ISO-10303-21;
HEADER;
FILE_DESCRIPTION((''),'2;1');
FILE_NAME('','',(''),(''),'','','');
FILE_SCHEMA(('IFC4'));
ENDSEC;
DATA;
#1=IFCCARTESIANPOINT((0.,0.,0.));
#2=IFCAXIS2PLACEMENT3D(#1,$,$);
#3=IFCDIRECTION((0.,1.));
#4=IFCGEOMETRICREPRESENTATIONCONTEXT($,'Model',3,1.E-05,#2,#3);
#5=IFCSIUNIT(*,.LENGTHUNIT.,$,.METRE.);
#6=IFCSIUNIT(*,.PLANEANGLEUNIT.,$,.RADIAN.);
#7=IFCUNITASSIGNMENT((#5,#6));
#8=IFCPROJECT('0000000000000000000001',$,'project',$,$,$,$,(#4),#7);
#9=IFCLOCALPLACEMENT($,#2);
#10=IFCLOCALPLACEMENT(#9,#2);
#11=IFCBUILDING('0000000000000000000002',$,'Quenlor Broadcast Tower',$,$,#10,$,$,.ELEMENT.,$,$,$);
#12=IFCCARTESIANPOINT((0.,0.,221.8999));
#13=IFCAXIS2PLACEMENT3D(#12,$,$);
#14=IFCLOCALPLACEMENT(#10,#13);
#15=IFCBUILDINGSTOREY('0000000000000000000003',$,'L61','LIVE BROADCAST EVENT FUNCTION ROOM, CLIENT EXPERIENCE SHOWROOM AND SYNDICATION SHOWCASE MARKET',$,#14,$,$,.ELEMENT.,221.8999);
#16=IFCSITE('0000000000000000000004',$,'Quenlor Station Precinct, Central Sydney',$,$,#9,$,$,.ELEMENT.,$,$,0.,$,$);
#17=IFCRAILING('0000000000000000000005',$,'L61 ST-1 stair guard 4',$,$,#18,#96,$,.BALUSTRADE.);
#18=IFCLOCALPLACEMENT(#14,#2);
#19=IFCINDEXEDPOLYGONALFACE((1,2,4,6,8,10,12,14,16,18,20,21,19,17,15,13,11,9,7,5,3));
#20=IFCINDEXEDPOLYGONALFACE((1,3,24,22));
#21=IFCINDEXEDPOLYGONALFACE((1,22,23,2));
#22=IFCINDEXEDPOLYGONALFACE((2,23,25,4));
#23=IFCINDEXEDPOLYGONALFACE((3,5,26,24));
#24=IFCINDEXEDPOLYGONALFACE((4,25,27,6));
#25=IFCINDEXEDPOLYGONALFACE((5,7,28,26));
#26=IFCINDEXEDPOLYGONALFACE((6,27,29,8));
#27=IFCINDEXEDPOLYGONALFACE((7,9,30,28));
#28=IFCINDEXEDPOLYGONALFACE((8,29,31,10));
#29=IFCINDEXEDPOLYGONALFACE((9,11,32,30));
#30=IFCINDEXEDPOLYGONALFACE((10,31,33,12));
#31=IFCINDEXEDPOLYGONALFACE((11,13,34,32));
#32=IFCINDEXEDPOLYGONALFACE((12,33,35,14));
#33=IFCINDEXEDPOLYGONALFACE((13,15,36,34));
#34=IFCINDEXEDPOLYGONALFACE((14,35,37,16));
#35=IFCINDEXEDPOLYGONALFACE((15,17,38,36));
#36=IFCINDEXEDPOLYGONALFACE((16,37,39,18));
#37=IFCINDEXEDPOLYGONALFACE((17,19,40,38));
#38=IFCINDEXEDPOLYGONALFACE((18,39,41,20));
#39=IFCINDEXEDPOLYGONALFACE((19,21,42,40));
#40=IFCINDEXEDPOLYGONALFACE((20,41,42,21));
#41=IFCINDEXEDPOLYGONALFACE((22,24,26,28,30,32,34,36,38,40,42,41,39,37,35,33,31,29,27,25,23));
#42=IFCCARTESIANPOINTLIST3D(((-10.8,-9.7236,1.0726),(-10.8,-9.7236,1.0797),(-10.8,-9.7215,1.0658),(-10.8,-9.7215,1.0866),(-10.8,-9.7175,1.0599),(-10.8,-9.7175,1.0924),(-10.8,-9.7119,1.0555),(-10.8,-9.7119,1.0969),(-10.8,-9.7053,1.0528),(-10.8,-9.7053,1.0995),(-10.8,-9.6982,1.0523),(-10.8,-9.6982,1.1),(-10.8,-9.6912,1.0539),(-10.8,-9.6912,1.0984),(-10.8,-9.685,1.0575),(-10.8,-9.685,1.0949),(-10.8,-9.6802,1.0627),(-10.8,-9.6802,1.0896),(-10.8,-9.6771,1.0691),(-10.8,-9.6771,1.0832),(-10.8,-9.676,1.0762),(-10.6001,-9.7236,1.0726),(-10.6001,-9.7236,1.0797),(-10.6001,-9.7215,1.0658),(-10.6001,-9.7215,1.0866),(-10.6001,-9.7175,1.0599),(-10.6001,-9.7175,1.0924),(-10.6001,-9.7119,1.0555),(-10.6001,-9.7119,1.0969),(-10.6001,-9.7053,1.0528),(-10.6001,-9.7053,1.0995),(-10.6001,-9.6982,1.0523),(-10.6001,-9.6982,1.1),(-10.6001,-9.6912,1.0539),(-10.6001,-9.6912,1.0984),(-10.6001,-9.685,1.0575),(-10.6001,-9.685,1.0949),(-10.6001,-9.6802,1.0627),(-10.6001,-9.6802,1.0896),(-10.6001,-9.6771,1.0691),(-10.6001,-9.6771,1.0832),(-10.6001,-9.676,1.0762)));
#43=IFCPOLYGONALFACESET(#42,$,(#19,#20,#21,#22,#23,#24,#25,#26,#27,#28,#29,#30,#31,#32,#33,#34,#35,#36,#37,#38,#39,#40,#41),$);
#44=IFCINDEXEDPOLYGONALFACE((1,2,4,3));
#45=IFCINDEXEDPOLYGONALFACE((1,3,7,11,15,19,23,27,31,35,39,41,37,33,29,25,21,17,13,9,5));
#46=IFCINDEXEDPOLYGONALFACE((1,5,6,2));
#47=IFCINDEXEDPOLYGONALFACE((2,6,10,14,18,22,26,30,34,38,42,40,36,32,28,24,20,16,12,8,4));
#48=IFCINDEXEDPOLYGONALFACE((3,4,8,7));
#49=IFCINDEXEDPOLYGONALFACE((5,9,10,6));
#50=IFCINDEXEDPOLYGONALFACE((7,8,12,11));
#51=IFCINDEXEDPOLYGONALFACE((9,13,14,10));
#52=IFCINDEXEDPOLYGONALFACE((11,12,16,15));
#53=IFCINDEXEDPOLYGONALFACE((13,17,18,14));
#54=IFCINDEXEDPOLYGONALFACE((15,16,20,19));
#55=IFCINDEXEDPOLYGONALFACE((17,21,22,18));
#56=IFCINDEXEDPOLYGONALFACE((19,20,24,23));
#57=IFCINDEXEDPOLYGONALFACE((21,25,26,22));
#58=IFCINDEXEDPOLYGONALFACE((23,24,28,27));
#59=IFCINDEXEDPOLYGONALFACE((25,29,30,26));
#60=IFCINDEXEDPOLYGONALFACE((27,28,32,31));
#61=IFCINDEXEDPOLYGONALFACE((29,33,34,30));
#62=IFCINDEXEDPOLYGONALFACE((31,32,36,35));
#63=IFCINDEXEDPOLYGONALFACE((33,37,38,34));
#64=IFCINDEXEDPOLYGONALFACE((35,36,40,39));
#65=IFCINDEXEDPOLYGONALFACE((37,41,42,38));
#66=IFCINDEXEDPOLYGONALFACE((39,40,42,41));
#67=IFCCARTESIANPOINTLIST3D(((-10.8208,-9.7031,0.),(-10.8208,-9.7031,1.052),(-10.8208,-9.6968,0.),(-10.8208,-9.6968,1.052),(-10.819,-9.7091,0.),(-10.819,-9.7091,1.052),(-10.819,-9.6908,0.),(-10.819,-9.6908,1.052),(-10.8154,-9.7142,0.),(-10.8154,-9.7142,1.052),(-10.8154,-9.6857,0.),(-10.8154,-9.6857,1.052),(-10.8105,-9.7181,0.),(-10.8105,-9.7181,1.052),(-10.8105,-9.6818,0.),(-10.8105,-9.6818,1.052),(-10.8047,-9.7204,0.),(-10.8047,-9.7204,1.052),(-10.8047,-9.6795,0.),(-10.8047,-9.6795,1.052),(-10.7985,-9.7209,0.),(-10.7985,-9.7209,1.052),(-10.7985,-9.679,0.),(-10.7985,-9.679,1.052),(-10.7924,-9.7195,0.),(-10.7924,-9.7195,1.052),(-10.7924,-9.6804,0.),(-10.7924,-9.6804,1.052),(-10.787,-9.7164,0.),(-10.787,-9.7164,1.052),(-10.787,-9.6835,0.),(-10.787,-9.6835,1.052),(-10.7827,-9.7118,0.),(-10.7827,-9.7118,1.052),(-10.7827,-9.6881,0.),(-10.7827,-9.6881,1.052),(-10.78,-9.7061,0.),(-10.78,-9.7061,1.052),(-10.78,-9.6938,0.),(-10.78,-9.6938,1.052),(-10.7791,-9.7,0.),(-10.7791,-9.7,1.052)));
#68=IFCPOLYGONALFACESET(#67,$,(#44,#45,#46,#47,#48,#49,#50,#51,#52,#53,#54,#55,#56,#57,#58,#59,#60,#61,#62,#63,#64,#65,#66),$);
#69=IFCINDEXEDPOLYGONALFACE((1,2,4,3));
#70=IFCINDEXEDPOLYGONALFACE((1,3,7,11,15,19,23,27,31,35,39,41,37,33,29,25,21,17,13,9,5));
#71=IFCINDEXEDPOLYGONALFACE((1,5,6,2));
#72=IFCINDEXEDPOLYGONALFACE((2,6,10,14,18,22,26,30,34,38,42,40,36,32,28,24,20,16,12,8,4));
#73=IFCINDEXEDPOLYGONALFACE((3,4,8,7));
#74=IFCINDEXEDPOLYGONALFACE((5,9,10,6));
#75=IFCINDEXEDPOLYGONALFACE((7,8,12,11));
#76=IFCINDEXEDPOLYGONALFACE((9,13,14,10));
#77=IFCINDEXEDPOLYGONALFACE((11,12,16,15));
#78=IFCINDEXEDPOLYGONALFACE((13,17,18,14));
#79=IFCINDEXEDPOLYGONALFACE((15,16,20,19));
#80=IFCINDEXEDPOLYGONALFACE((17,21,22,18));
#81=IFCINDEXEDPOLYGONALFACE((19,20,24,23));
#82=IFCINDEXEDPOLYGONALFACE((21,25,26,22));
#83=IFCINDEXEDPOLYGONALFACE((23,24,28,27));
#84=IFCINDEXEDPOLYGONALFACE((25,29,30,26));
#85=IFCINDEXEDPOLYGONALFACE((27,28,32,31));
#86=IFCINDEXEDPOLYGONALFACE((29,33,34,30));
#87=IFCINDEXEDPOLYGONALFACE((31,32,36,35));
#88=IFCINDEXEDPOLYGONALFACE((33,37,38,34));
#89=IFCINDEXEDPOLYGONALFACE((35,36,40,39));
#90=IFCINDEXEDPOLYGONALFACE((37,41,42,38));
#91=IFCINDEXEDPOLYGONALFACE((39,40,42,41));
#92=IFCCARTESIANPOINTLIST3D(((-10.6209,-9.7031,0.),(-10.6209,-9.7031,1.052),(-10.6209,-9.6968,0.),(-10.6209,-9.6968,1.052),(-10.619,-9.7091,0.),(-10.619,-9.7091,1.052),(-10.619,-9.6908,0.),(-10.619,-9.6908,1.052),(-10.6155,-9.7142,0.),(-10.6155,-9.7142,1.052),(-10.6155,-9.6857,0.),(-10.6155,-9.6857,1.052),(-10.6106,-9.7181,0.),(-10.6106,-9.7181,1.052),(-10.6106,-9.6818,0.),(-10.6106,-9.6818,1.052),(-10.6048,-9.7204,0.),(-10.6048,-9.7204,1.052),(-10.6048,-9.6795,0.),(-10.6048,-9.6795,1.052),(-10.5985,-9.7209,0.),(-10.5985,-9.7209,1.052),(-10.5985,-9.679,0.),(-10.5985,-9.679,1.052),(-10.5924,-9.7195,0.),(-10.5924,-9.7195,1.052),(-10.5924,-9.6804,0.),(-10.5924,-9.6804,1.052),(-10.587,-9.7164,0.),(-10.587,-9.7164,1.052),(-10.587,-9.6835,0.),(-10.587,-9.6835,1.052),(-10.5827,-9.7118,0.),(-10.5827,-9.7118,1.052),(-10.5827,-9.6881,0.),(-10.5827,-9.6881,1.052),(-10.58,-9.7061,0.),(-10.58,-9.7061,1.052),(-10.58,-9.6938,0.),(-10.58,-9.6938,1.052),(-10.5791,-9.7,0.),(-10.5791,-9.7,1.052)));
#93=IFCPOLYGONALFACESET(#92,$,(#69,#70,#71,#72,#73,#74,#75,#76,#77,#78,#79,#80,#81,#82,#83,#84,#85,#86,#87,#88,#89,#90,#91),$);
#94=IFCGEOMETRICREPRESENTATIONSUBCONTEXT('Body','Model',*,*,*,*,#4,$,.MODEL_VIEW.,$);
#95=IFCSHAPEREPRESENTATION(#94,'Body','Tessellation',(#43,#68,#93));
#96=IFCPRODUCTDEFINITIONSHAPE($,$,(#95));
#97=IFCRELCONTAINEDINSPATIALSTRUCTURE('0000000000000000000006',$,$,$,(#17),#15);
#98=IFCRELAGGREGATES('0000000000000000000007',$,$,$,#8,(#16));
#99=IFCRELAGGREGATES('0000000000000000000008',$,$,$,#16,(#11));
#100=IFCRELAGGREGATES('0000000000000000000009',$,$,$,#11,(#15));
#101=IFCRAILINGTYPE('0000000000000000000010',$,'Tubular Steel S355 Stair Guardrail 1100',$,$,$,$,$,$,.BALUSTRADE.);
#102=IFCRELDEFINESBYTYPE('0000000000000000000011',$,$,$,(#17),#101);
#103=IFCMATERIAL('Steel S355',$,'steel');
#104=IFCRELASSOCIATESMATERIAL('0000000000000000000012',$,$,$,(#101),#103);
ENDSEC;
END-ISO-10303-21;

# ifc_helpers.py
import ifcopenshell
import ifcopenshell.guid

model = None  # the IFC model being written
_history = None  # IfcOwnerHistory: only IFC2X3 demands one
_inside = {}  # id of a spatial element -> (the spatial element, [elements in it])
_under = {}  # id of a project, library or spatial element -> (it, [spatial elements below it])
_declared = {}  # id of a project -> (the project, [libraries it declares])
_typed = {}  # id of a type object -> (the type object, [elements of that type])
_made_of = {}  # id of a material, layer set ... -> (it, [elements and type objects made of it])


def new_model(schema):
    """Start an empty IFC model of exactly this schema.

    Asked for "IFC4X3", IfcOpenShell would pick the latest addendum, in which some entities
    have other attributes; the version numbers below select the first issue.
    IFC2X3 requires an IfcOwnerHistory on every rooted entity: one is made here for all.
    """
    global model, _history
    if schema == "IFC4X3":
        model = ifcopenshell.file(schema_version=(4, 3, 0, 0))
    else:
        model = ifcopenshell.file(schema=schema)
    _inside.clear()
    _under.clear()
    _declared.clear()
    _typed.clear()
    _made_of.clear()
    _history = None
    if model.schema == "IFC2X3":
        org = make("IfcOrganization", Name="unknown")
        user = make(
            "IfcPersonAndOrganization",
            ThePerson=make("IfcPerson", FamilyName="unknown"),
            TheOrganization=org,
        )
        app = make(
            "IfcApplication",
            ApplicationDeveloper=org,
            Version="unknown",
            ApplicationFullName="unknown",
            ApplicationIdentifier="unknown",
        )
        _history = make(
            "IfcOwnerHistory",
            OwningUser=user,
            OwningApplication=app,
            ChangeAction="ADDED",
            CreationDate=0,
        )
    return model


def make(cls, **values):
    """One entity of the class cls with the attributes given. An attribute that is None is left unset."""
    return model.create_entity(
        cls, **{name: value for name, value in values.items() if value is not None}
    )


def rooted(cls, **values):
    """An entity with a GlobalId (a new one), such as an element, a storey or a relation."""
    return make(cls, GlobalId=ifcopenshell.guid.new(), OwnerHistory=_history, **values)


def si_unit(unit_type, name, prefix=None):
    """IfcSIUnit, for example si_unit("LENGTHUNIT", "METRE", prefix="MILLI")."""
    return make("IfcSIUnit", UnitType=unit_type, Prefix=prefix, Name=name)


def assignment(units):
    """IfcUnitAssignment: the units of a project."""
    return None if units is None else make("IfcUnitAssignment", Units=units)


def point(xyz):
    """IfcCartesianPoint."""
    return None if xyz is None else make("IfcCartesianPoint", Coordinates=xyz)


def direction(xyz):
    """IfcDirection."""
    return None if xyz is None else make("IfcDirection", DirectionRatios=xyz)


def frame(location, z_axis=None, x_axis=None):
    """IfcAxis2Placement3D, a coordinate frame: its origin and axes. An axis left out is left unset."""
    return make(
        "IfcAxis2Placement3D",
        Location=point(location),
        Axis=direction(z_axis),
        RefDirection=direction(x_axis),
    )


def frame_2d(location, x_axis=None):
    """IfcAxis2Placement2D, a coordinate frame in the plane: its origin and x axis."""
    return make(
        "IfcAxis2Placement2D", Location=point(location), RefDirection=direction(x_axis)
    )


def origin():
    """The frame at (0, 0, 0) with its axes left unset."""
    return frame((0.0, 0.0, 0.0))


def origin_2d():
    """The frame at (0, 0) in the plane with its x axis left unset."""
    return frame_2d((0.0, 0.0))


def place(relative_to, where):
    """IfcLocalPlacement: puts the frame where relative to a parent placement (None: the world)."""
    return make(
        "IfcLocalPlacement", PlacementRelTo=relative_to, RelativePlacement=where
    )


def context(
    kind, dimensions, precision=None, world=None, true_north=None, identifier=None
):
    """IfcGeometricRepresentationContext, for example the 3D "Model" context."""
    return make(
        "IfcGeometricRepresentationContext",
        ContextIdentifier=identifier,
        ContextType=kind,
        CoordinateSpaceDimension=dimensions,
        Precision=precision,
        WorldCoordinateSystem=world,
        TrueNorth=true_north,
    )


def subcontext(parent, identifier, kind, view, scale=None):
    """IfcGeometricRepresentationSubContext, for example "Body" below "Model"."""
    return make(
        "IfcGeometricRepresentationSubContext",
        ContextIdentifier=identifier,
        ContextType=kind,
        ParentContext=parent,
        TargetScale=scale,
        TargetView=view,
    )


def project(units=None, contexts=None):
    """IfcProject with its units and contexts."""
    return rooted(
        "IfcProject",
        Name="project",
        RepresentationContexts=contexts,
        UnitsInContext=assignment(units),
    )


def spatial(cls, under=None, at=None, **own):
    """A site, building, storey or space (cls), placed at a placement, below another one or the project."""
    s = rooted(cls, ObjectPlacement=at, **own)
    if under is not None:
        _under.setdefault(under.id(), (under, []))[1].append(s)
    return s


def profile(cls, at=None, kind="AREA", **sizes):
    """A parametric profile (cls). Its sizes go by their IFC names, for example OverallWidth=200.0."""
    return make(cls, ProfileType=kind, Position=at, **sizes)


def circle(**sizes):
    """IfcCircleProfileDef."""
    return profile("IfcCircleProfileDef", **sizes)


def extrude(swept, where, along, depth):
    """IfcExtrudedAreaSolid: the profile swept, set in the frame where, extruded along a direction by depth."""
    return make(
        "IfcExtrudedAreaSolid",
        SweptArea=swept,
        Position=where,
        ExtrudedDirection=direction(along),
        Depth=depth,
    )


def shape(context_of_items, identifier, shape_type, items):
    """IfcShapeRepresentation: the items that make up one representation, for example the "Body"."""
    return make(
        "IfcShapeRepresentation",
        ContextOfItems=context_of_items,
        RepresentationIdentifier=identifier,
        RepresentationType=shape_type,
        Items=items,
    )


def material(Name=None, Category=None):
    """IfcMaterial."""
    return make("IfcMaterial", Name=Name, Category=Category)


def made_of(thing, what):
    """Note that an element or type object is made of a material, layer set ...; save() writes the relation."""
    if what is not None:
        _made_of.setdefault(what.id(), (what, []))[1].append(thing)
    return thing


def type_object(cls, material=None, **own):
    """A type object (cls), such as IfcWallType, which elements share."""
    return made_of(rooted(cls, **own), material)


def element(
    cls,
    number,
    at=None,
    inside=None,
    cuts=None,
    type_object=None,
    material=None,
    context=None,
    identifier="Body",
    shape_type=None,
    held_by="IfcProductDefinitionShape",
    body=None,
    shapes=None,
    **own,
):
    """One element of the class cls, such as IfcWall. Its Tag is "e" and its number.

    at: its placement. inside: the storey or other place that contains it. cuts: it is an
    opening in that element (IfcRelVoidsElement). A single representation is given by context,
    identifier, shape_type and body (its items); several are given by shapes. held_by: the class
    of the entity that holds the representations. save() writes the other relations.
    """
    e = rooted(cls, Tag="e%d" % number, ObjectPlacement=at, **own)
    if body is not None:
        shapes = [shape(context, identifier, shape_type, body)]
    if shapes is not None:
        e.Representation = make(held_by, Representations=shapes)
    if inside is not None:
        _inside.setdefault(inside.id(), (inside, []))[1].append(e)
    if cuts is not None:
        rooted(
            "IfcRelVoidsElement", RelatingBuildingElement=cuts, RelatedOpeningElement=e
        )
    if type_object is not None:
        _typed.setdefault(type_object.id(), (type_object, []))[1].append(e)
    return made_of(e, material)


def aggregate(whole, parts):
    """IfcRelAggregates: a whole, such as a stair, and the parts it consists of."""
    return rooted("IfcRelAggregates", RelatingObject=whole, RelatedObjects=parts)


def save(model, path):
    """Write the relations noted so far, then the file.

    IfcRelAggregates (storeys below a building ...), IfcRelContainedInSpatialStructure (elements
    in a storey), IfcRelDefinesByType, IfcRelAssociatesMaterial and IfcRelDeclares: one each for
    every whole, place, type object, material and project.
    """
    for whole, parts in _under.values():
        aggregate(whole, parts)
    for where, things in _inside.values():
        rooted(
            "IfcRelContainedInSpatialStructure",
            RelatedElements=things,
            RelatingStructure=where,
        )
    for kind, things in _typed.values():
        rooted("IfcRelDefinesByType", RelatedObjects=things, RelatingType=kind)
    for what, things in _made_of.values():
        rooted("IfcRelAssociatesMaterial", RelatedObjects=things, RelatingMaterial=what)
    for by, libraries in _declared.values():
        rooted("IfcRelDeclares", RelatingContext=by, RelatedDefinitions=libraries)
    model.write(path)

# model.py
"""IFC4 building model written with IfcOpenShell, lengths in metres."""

from ifc_helpers import new_model, si_unit, direction, frame, origin, origin_2d, place, context, subcontext, project, spatial, circle, extrude, material, type_object, element, save


model = new_model("IFC4")

# Units and contexts
model_context = context("Model", 3, precision=1e-05, world=origin(), true_north=direction((0.0, 1.0)))
body_context = subcontext(model_context, "Body", "Model", "MODEL_VIEW")
ifc_project = project(units=[si_unit("LENGTHUNIT", "METRE"), si_unit("PLANEANGLEUNIT", "RADIAN")], contexts=[model_context])

# Site, building, storey
site_placement = place(None, origin())
site = spatial("IfcSite", under=ifc_project, at=site_placement, Name="Quenlor Station Precinct, Central Sydney", CompositionType="ELEMENT", RefElevation=0.0)
building_placement = place(site_placement, origin())
building = spatial("IfcBuilding", under=site, at=building_placement, Name="Quenlor Broadcast Tower", CompositionType="ELEMENT")
storey_placement = place(building_placement, frame((0.0, 0.0, 221.8999)))
storey = spatial("IfcBuildingStorey", under=building, at=storey_placement, Name="L61", Description="LIVE BROADCAST EVENT FUNCTION ROOM, CLIENT EXPERIENCE SHOWROOM AND SYNDICATION SHOWCASE MARKET", CompositionType="ELEMENT", Elevation=221.8999)

# Railing
ifc_material_1 = material(Name="Steel S355", Category="steel")
railing_type = type_object("IfcRailingType", Name="Tubular Steel S355 Stair Guardrail 1100", PredefinedType="BALUSTRADE", material=ifc_material_1)
railing_1_placement = place(storey_placement, frame((-10.8, -9.7, 0.0)))
element("IfcRailing", 1, at=railing_1_placement, inside=storey, type_object=railing_type, Name="L61 ST-1 stair guard 4", PredefinedType="BALUSTRADE", context=body_context, shape_type="SweptSolid", body=[
    extrude(circle(Radius=0.0239, at=origin_2d()), frame((0.0, 0.0, 1.0762), z_axis=(1.0, 0.0, 0.0), x_axis=(0.0, 1.0, 0.0)), (0.0, 0.0, 1.0), 0.2),
    extrude(circle(Radius=0.021, at=origin_2d()), origin(), (0.0, 0.0, 1.0), 1.052),
    extrude(circle(Radius=0.021, at=origin_2d()), frame((0.2, 0.0, 0.0)), (0.0, 0.0, 1.0), 1.052),
])

save(model, "model.ifc")
